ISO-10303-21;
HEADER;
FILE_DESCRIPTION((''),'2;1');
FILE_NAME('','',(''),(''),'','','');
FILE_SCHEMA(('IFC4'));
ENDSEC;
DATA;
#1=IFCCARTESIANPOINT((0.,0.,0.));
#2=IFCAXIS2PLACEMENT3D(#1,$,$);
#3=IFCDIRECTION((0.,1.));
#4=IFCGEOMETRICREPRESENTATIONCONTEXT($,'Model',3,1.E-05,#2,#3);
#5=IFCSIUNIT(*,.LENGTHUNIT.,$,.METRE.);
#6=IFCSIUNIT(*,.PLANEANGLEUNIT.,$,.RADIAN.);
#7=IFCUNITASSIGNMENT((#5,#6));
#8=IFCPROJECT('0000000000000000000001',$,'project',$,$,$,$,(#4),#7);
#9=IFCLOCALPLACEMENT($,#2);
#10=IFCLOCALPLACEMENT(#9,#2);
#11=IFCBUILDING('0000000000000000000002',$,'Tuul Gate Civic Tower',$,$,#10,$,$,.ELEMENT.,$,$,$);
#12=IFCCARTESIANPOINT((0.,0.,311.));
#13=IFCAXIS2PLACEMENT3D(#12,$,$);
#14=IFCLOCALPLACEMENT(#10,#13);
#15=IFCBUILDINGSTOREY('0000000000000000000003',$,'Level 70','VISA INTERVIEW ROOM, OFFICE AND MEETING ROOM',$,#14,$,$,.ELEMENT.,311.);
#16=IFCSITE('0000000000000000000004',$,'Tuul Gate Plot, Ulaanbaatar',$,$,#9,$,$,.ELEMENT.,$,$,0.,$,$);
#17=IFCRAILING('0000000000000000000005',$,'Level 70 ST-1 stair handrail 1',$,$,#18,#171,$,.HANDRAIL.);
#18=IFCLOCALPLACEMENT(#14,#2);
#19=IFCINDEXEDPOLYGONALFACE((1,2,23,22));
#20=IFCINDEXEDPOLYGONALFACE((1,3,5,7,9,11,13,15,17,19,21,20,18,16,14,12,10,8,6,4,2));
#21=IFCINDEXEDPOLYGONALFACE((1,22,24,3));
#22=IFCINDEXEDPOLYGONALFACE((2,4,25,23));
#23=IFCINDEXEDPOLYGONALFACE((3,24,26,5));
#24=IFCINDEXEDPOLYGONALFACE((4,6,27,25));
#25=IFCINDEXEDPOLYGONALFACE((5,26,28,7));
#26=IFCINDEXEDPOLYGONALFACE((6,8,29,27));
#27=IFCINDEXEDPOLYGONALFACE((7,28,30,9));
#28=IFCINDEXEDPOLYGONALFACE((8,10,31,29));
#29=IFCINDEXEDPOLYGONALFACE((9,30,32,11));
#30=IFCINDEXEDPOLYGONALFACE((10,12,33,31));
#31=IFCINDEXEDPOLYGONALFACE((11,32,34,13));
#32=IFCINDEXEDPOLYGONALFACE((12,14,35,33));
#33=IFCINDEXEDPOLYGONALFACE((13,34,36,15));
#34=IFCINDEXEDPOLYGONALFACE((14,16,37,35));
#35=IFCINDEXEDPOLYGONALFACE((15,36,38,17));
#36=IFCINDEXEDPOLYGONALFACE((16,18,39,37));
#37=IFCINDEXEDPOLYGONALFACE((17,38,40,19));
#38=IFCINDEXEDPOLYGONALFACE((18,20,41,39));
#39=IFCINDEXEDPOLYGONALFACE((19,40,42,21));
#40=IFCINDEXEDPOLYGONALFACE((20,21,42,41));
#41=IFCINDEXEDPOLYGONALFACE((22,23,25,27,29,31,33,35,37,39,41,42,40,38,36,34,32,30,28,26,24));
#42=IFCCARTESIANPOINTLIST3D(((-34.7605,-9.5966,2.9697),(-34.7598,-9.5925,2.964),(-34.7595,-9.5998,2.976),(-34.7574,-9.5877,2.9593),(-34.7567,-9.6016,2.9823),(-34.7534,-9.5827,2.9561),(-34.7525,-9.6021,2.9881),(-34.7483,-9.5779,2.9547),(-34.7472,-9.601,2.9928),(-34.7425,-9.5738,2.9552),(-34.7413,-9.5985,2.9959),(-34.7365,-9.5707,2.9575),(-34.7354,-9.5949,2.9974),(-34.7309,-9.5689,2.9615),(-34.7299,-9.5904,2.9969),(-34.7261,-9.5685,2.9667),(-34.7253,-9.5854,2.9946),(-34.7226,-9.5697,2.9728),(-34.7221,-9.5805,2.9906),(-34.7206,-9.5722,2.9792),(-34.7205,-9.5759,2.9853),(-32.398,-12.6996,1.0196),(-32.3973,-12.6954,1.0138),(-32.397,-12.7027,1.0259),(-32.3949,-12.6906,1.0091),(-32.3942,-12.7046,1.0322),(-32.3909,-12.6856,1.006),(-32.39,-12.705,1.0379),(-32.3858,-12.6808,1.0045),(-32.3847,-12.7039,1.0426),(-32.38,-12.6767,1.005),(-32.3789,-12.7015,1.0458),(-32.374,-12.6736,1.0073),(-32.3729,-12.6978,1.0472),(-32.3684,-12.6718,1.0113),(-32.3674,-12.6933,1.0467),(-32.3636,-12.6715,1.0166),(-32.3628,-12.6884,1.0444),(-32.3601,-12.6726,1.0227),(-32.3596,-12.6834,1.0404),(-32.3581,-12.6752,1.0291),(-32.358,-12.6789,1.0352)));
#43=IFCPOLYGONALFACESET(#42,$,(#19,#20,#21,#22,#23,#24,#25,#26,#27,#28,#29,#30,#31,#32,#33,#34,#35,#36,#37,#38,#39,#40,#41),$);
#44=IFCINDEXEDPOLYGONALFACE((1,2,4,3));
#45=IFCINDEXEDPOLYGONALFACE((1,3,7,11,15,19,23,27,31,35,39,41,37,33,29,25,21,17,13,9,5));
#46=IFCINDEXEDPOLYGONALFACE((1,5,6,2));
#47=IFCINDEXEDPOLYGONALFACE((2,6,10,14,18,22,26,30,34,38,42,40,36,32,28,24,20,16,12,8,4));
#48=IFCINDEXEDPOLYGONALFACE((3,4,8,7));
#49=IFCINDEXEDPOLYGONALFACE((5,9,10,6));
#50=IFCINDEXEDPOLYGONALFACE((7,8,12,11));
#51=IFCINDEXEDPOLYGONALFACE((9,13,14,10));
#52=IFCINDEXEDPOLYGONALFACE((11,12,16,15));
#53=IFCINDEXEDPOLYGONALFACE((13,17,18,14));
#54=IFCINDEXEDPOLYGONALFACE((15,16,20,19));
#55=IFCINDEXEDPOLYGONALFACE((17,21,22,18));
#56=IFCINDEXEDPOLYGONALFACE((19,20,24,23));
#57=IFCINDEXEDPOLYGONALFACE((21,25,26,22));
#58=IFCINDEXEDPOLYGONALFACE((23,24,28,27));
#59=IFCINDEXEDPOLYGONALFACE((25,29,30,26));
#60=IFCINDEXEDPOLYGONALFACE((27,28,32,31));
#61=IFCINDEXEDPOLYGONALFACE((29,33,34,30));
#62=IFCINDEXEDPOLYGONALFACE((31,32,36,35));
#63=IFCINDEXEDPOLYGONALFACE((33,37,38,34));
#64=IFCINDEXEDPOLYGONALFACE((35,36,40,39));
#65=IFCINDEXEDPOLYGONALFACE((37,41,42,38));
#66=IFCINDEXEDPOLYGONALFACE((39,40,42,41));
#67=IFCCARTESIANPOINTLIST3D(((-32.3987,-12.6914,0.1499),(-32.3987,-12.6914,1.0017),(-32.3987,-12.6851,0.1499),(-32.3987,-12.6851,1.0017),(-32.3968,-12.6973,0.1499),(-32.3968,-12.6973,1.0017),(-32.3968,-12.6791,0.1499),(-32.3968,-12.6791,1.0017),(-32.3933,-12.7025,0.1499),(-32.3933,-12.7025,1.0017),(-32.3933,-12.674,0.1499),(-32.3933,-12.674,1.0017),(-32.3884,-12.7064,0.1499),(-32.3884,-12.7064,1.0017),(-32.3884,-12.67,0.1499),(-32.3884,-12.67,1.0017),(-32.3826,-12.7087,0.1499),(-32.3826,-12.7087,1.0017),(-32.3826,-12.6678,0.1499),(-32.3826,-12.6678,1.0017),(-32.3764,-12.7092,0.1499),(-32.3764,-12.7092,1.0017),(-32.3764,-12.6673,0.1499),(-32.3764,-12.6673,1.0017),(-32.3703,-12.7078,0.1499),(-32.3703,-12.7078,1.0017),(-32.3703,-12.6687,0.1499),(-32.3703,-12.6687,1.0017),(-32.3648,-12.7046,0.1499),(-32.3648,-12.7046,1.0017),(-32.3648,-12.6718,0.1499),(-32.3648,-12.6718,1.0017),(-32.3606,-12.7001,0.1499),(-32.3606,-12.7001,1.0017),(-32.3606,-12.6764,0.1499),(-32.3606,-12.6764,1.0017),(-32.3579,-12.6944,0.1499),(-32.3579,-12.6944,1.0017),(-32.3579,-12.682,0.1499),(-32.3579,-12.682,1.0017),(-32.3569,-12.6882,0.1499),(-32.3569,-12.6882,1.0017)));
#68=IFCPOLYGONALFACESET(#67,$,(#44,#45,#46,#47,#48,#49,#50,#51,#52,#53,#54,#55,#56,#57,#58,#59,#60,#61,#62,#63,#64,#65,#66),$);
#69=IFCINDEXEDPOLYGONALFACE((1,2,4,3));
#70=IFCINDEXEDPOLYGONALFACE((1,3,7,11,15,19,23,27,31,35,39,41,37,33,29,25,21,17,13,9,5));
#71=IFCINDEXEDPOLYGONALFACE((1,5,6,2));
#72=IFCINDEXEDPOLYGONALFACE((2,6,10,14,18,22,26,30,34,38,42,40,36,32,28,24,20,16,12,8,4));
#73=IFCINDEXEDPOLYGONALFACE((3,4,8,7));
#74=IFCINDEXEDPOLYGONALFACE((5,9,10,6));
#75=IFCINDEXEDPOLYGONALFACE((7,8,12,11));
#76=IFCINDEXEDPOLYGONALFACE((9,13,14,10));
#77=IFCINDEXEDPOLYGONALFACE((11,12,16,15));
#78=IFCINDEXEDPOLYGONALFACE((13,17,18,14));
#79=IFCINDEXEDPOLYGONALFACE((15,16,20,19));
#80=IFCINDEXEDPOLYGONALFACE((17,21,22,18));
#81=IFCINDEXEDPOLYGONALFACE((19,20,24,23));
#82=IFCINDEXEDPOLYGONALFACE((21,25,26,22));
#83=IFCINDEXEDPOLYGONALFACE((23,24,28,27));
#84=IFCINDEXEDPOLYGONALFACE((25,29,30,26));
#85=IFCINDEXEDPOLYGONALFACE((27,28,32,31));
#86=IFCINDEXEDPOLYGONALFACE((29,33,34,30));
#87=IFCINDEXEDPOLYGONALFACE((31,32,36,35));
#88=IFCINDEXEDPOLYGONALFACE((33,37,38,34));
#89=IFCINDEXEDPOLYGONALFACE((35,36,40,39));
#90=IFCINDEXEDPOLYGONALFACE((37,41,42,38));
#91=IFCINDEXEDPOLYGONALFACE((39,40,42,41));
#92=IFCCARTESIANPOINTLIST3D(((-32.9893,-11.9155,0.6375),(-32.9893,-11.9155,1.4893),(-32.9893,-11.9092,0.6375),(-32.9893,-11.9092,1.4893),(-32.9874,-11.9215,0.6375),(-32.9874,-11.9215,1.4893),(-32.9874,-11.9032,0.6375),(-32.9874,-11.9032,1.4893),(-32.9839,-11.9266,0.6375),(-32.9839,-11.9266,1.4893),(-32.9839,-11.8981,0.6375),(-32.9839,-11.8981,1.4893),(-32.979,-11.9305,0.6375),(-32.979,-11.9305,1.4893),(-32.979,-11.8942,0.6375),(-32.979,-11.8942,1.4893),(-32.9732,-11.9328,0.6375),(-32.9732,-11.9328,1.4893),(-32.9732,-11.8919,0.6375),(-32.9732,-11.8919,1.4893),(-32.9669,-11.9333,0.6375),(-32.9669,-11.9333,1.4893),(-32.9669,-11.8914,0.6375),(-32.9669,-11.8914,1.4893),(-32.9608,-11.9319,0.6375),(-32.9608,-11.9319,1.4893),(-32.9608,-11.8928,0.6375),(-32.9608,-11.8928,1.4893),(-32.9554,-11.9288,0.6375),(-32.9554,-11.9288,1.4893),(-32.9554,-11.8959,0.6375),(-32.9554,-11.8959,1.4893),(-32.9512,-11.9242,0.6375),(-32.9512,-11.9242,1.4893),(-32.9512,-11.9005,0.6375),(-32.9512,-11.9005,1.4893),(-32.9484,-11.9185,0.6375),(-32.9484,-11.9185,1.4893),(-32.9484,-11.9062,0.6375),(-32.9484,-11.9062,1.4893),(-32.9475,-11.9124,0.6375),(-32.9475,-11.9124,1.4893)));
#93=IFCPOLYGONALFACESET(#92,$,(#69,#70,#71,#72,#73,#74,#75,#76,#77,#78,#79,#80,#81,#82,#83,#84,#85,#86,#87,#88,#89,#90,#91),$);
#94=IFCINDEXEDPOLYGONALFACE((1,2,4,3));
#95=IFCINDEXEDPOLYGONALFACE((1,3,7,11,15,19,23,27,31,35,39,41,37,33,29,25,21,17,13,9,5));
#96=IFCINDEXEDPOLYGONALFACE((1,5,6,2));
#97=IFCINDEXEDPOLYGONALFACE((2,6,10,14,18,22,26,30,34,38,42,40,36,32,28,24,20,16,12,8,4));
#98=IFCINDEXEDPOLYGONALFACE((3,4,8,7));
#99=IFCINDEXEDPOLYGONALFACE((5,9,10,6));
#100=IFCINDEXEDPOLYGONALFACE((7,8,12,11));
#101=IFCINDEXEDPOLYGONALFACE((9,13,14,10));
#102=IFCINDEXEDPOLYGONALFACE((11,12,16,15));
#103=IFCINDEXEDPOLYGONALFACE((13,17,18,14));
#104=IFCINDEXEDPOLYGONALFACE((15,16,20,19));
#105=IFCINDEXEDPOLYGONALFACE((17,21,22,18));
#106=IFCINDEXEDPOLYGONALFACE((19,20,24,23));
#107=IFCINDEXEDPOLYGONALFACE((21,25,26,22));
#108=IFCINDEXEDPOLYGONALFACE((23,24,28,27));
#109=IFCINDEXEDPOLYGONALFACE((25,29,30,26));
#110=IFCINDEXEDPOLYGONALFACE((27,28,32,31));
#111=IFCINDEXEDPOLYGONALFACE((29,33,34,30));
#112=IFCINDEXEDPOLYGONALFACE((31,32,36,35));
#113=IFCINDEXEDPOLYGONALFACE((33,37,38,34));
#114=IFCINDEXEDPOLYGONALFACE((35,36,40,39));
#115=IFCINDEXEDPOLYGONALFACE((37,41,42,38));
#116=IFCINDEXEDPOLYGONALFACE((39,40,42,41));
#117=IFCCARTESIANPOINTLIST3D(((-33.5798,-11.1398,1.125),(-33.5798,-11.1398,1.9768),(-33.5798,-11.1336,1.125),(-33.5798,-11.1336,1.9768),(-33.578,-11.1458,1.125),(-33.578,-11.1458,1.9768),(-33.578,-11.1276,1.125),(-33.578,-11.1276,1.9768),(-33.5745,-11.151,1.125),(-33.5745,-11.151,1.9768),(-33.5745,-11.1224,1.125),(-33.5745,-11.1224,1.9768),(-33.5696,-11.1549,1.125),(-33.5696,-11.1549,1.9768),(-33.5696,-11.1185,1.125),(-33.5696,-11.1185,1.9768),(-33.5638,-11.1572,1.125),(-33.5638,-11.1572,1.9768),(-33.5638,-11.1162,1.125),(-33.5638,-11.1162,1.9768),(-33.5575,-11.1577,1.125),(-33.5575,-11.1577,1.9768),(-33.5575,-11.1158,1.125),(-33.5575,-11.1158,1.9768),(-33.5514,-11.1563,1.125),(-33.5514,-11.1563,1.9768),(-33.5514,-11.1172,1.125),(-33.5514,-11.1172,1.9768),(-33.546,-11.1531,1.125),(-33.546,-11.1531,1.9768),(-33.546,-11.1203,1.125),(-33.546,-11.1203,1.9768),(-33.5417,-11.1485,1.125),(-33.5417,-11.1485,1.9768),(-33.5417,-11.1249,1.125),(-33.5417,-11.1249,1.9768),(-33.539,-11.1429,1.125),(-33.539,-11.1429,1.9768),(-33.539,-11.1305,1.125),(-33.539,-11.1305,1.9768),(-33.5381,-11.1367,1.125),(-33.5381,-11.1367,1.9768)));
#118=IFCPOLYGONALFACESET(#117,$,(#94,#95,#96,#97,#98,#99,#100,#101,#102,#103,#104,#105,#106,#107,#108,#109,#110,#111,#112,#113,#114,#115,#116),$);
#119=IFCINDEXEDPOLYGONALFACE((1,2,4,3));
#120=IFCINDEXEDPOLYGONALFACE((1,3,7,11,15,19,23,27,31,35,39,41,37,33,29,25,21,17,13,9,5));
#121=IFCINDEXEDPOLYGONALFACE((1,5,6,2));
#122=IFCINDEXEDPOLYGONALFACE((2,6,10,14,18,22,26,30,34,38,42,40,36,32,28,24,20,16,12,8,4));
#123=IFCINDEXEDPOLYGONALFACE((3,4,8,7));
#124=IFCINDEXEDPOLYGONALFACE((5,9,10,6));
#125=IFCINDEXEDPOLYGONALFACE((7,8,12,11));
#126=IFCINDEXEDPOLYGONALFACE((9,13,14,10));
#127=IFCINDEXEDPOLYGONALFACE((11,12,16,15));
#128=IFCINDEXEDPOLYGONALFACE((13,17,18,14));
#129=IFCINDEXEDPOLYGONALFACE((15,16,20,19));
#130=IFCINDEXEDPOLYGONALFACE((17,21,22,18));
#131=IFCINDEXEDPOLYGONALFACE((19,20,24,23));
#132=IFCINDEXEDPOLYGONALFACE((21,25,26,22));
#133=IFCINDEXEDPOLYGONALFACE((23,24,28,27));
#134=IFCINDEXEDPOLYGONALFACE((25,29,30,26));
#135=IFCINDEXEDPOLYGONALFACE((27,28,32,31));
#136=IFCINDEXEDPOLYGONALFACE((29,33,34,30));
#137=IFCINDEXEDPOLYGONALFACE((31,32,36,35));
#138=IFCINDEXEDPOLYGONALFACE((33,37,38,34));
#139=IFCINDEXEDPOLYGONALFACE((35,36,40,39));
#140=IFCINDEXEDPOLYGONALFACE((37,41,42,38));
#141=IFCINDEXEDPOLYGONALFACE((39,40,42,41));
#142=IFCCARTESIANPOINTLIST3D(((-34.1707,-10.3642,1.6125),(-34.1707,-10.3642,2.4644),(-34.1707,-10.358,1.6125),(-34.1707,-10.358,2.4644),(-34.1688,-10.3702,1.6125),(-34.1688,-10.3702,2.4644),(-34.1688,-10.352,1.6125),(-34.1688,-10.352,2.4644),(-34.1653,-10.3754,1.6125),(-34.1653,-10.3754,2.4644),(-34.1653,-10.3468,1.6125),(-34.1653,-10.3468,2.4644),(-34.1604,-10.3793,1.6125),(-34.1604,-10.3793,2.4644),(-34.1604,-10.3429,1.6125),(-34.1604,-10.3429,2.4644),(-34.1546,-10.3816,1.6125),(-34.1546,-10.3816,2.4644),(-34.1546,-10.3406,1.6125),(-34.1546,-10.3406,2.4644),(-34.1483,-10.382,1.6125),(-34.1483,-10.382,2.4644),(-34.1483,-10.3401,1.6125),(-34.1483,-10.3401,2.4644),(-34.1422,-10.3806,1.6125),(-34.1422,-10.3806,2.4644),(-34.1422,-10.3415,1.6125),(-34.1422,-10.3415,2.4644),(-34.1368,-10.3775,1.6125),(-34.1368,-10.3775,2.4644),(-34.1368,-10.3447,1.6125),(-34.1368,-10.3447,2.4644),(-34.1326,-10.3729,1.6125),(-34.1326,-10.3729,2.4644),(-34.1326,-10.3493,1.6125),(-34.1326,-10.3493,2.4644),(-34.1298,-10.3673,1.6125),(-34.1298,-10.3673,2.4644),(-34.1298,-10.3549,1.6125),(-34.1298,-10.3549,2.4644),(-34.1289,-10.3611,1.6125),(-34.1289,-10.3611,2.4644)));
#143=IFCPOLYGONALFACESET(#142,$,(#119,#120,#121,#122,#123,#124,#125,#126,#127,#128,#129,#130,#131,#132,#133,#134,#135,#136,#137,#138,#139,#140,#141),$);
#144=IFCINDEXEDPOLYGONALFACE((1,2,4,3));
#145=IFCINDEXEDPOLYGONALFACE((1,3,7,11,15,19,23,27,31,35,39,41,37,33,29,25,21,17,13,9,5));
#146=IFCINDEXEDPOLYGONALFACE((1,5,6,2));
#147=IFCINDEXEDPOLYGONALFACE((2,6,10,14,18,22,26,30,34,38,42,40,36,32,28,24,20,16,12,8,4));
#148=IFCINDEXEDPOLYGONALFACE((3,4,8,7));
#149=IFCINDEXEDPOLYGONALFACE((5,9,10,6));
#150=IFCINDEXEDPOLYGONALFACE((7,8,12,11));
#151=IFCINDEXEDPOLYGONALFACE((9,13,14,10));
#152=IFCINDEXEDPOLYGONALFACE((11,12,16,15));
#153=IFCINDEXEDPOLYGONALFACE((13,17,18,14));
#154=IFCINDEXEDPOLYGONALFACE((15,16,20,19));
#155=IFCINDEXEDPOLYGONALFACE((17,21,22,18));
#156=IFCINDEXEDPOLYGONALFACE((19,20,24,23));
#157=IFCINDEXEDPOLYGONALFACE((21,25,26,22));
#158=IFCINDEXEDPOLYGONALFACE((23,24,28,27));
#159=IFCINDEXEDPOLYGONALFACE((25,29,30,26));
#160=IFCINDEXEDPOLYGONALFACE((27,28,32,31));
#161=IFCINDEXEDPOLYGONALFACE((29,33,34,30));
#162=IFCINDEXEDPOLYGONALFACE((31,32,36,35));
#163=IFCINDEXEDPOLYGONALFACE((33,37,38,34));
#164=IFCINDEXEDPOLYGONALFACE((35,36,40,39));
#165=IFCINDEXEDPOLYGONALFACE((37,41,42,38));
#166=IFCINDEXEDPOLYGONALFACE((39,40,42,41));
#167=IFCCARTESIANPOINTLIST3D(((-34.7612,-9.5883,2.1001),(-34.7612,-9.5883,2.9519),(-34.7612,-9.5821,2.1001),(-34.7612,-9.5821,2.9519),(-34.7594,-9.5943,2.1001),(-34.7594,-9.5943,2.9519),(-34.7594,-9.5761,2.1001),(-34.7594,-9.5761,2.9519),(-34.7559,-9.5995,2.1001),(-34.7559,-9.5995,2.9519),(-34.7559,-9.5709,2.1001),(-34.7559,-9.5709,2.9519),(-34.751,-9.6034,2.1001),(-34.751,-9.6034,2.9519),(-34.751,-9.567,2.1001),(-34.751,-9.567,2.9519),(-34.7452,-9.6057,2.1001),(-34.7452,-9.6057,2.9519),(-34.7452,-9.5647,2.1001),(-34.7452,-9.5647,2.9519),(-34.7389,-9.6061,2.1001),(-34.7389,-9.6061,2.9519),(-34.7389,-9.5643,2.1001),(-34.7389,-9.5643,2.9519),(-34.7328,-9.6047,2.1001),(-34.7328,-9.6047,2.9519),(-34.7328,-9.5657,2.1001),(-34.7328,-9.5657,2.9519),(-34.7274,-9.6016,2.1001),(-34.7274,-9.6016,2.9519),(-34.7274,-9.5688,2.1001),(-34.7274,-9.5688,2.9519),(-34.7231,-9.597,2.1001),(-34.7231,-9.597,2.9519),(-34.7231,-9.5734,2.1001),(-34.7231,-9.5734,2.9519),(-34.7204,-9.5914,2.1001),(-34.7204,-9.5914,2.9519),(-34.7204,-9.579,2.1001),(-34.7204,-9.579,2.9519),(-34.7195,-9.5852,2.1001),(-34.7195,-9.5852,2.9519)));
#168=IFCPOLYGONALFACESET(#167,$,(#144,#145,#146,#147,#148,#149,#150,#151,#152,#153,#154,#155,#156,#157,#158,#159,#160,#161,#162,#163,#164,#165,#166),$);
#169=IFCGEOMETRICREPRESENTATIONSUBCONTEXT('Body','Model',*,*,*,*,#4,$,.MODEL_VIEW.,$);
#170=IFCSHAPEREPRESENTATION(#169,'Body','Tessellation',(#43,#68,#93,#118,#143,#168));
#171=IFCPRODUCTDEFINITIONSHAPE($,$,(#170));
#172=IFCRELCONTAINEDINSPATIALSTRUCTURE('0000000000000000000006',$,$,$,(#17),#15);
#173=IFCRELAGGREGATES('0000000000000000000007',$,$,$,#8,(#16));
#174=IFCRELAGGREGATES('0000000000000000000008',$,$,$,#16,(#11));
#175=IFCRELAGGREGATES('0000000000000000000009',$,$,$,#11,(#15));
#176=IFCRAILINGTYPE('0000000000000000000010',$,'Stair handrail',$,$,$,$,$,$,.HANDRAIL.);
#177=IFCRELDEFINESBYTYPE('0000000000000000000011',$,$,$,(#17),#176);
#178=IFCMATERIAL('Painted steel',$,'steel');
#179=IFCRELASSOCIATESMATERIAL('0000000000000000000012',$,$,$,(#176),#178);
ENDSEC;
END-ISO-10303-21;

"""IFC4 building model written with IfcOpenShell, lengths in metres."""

from ifc_helpers import new_model, si_unit, direction, frame, origin, origin_2d, place, context, subcontext, project, spatial, circle, extrude, material, type_object, element, save


model = new_model("IFC4")

# Units and contexts
model_context = context("Model", 3, precision=1e-05, world=origin(), true_north=direction((0.0, 1.0)))
body_context = subcontext(model_context, "Body", "Model", "MODEL_VIEW")
ifc_project = project(units=[si_unit("LENGTHUNIT", "METRE"), si_unit("PLANEANGLEUNIT", "RADIAN")], contexts=[model_context])

# Site, building, storey
site_placement = place(None, origin())
site = spatial("IfcSite", under=ifc_project, at=site_placement, Name="Tuul Gate Plot, Ulaanbaatar", CompositionType="ELEMENT", RefElevation=0.0)
building_placement = place(site_placement, origin())
building = spatial("IfcBuilding", under=site, at=building_placement, Name="Tuul Gate Civic Tower", CompositionType="ELEMENT")
storey_placement = place(building_placement, frame((0.0, 0.0, 311.0)))
storey = spatial("IfcBuildingStorey", under=building, at=storey_placement, Name="Level 70", Description="VISA INTERVIEW ROOM, OFFICE AND MEETING ROOM", CompositionType="ELEMENT", Elevation=311.0)

# Railing
ifc_material_1 = material(Name="Painted steel", Category="steel")
railing_type_1 = type_object("IfcRailingType", Name="Stair handrail", PredefinedType="HANDRAIL", material=ifc_material_1)
railing_1_placement = place(storey_placement, frame((-32.3779, -12.6882, 0.1499)))
element("IfcRailing", 1, at=railing_1_placement, inside=storey, type_object=railing_type_1, Name="Level 70 ST-1 stair handrail 1", PredefinedType="HANDRAIL", context=body_context, shape_type="SweptSolid", body=[
    extrude(circle(Radius=0.0239, at=origin_2d()), frame((0.0, 0.0, 0.876), z_axis=(-0.541811, 0.711627, 0.447245), x_axis=(-0.795637, -0.605773, 0.0)), (0.0, 0.0, 1.0), 4.3604),
    extrude(circle(Radius=0.021, at=origin_2d()), origin(), (0.0, 0.0, 1.0), 0.8518),
    extrude(circle(Radius=0.021, at=origin_2d()), frame((-0.5906, 0.7759, 0.4875)), (0.0, 0.0, 1.0), 0.8518),
    extrude(circle(Radius=0.021, at=origin_2d()), frame((-1.1812, 1.5515, 0.9751)), (0.0, 0.0, 1.0), 0.8518),
    extrude(circle(Radius=0.021, at=origin_2d()), frame((-1.772, 2.3271, 1.4626)), (0.0, 0.0, 1.0), 0.8518),
    extrude(circle(Radius=0.021, at=origin_2d()), frame((-2.3625, 3.103, 1.9502)), (0.0, 0.0, 1.0), 0.8518),
])

save(model, "model.ifc")
